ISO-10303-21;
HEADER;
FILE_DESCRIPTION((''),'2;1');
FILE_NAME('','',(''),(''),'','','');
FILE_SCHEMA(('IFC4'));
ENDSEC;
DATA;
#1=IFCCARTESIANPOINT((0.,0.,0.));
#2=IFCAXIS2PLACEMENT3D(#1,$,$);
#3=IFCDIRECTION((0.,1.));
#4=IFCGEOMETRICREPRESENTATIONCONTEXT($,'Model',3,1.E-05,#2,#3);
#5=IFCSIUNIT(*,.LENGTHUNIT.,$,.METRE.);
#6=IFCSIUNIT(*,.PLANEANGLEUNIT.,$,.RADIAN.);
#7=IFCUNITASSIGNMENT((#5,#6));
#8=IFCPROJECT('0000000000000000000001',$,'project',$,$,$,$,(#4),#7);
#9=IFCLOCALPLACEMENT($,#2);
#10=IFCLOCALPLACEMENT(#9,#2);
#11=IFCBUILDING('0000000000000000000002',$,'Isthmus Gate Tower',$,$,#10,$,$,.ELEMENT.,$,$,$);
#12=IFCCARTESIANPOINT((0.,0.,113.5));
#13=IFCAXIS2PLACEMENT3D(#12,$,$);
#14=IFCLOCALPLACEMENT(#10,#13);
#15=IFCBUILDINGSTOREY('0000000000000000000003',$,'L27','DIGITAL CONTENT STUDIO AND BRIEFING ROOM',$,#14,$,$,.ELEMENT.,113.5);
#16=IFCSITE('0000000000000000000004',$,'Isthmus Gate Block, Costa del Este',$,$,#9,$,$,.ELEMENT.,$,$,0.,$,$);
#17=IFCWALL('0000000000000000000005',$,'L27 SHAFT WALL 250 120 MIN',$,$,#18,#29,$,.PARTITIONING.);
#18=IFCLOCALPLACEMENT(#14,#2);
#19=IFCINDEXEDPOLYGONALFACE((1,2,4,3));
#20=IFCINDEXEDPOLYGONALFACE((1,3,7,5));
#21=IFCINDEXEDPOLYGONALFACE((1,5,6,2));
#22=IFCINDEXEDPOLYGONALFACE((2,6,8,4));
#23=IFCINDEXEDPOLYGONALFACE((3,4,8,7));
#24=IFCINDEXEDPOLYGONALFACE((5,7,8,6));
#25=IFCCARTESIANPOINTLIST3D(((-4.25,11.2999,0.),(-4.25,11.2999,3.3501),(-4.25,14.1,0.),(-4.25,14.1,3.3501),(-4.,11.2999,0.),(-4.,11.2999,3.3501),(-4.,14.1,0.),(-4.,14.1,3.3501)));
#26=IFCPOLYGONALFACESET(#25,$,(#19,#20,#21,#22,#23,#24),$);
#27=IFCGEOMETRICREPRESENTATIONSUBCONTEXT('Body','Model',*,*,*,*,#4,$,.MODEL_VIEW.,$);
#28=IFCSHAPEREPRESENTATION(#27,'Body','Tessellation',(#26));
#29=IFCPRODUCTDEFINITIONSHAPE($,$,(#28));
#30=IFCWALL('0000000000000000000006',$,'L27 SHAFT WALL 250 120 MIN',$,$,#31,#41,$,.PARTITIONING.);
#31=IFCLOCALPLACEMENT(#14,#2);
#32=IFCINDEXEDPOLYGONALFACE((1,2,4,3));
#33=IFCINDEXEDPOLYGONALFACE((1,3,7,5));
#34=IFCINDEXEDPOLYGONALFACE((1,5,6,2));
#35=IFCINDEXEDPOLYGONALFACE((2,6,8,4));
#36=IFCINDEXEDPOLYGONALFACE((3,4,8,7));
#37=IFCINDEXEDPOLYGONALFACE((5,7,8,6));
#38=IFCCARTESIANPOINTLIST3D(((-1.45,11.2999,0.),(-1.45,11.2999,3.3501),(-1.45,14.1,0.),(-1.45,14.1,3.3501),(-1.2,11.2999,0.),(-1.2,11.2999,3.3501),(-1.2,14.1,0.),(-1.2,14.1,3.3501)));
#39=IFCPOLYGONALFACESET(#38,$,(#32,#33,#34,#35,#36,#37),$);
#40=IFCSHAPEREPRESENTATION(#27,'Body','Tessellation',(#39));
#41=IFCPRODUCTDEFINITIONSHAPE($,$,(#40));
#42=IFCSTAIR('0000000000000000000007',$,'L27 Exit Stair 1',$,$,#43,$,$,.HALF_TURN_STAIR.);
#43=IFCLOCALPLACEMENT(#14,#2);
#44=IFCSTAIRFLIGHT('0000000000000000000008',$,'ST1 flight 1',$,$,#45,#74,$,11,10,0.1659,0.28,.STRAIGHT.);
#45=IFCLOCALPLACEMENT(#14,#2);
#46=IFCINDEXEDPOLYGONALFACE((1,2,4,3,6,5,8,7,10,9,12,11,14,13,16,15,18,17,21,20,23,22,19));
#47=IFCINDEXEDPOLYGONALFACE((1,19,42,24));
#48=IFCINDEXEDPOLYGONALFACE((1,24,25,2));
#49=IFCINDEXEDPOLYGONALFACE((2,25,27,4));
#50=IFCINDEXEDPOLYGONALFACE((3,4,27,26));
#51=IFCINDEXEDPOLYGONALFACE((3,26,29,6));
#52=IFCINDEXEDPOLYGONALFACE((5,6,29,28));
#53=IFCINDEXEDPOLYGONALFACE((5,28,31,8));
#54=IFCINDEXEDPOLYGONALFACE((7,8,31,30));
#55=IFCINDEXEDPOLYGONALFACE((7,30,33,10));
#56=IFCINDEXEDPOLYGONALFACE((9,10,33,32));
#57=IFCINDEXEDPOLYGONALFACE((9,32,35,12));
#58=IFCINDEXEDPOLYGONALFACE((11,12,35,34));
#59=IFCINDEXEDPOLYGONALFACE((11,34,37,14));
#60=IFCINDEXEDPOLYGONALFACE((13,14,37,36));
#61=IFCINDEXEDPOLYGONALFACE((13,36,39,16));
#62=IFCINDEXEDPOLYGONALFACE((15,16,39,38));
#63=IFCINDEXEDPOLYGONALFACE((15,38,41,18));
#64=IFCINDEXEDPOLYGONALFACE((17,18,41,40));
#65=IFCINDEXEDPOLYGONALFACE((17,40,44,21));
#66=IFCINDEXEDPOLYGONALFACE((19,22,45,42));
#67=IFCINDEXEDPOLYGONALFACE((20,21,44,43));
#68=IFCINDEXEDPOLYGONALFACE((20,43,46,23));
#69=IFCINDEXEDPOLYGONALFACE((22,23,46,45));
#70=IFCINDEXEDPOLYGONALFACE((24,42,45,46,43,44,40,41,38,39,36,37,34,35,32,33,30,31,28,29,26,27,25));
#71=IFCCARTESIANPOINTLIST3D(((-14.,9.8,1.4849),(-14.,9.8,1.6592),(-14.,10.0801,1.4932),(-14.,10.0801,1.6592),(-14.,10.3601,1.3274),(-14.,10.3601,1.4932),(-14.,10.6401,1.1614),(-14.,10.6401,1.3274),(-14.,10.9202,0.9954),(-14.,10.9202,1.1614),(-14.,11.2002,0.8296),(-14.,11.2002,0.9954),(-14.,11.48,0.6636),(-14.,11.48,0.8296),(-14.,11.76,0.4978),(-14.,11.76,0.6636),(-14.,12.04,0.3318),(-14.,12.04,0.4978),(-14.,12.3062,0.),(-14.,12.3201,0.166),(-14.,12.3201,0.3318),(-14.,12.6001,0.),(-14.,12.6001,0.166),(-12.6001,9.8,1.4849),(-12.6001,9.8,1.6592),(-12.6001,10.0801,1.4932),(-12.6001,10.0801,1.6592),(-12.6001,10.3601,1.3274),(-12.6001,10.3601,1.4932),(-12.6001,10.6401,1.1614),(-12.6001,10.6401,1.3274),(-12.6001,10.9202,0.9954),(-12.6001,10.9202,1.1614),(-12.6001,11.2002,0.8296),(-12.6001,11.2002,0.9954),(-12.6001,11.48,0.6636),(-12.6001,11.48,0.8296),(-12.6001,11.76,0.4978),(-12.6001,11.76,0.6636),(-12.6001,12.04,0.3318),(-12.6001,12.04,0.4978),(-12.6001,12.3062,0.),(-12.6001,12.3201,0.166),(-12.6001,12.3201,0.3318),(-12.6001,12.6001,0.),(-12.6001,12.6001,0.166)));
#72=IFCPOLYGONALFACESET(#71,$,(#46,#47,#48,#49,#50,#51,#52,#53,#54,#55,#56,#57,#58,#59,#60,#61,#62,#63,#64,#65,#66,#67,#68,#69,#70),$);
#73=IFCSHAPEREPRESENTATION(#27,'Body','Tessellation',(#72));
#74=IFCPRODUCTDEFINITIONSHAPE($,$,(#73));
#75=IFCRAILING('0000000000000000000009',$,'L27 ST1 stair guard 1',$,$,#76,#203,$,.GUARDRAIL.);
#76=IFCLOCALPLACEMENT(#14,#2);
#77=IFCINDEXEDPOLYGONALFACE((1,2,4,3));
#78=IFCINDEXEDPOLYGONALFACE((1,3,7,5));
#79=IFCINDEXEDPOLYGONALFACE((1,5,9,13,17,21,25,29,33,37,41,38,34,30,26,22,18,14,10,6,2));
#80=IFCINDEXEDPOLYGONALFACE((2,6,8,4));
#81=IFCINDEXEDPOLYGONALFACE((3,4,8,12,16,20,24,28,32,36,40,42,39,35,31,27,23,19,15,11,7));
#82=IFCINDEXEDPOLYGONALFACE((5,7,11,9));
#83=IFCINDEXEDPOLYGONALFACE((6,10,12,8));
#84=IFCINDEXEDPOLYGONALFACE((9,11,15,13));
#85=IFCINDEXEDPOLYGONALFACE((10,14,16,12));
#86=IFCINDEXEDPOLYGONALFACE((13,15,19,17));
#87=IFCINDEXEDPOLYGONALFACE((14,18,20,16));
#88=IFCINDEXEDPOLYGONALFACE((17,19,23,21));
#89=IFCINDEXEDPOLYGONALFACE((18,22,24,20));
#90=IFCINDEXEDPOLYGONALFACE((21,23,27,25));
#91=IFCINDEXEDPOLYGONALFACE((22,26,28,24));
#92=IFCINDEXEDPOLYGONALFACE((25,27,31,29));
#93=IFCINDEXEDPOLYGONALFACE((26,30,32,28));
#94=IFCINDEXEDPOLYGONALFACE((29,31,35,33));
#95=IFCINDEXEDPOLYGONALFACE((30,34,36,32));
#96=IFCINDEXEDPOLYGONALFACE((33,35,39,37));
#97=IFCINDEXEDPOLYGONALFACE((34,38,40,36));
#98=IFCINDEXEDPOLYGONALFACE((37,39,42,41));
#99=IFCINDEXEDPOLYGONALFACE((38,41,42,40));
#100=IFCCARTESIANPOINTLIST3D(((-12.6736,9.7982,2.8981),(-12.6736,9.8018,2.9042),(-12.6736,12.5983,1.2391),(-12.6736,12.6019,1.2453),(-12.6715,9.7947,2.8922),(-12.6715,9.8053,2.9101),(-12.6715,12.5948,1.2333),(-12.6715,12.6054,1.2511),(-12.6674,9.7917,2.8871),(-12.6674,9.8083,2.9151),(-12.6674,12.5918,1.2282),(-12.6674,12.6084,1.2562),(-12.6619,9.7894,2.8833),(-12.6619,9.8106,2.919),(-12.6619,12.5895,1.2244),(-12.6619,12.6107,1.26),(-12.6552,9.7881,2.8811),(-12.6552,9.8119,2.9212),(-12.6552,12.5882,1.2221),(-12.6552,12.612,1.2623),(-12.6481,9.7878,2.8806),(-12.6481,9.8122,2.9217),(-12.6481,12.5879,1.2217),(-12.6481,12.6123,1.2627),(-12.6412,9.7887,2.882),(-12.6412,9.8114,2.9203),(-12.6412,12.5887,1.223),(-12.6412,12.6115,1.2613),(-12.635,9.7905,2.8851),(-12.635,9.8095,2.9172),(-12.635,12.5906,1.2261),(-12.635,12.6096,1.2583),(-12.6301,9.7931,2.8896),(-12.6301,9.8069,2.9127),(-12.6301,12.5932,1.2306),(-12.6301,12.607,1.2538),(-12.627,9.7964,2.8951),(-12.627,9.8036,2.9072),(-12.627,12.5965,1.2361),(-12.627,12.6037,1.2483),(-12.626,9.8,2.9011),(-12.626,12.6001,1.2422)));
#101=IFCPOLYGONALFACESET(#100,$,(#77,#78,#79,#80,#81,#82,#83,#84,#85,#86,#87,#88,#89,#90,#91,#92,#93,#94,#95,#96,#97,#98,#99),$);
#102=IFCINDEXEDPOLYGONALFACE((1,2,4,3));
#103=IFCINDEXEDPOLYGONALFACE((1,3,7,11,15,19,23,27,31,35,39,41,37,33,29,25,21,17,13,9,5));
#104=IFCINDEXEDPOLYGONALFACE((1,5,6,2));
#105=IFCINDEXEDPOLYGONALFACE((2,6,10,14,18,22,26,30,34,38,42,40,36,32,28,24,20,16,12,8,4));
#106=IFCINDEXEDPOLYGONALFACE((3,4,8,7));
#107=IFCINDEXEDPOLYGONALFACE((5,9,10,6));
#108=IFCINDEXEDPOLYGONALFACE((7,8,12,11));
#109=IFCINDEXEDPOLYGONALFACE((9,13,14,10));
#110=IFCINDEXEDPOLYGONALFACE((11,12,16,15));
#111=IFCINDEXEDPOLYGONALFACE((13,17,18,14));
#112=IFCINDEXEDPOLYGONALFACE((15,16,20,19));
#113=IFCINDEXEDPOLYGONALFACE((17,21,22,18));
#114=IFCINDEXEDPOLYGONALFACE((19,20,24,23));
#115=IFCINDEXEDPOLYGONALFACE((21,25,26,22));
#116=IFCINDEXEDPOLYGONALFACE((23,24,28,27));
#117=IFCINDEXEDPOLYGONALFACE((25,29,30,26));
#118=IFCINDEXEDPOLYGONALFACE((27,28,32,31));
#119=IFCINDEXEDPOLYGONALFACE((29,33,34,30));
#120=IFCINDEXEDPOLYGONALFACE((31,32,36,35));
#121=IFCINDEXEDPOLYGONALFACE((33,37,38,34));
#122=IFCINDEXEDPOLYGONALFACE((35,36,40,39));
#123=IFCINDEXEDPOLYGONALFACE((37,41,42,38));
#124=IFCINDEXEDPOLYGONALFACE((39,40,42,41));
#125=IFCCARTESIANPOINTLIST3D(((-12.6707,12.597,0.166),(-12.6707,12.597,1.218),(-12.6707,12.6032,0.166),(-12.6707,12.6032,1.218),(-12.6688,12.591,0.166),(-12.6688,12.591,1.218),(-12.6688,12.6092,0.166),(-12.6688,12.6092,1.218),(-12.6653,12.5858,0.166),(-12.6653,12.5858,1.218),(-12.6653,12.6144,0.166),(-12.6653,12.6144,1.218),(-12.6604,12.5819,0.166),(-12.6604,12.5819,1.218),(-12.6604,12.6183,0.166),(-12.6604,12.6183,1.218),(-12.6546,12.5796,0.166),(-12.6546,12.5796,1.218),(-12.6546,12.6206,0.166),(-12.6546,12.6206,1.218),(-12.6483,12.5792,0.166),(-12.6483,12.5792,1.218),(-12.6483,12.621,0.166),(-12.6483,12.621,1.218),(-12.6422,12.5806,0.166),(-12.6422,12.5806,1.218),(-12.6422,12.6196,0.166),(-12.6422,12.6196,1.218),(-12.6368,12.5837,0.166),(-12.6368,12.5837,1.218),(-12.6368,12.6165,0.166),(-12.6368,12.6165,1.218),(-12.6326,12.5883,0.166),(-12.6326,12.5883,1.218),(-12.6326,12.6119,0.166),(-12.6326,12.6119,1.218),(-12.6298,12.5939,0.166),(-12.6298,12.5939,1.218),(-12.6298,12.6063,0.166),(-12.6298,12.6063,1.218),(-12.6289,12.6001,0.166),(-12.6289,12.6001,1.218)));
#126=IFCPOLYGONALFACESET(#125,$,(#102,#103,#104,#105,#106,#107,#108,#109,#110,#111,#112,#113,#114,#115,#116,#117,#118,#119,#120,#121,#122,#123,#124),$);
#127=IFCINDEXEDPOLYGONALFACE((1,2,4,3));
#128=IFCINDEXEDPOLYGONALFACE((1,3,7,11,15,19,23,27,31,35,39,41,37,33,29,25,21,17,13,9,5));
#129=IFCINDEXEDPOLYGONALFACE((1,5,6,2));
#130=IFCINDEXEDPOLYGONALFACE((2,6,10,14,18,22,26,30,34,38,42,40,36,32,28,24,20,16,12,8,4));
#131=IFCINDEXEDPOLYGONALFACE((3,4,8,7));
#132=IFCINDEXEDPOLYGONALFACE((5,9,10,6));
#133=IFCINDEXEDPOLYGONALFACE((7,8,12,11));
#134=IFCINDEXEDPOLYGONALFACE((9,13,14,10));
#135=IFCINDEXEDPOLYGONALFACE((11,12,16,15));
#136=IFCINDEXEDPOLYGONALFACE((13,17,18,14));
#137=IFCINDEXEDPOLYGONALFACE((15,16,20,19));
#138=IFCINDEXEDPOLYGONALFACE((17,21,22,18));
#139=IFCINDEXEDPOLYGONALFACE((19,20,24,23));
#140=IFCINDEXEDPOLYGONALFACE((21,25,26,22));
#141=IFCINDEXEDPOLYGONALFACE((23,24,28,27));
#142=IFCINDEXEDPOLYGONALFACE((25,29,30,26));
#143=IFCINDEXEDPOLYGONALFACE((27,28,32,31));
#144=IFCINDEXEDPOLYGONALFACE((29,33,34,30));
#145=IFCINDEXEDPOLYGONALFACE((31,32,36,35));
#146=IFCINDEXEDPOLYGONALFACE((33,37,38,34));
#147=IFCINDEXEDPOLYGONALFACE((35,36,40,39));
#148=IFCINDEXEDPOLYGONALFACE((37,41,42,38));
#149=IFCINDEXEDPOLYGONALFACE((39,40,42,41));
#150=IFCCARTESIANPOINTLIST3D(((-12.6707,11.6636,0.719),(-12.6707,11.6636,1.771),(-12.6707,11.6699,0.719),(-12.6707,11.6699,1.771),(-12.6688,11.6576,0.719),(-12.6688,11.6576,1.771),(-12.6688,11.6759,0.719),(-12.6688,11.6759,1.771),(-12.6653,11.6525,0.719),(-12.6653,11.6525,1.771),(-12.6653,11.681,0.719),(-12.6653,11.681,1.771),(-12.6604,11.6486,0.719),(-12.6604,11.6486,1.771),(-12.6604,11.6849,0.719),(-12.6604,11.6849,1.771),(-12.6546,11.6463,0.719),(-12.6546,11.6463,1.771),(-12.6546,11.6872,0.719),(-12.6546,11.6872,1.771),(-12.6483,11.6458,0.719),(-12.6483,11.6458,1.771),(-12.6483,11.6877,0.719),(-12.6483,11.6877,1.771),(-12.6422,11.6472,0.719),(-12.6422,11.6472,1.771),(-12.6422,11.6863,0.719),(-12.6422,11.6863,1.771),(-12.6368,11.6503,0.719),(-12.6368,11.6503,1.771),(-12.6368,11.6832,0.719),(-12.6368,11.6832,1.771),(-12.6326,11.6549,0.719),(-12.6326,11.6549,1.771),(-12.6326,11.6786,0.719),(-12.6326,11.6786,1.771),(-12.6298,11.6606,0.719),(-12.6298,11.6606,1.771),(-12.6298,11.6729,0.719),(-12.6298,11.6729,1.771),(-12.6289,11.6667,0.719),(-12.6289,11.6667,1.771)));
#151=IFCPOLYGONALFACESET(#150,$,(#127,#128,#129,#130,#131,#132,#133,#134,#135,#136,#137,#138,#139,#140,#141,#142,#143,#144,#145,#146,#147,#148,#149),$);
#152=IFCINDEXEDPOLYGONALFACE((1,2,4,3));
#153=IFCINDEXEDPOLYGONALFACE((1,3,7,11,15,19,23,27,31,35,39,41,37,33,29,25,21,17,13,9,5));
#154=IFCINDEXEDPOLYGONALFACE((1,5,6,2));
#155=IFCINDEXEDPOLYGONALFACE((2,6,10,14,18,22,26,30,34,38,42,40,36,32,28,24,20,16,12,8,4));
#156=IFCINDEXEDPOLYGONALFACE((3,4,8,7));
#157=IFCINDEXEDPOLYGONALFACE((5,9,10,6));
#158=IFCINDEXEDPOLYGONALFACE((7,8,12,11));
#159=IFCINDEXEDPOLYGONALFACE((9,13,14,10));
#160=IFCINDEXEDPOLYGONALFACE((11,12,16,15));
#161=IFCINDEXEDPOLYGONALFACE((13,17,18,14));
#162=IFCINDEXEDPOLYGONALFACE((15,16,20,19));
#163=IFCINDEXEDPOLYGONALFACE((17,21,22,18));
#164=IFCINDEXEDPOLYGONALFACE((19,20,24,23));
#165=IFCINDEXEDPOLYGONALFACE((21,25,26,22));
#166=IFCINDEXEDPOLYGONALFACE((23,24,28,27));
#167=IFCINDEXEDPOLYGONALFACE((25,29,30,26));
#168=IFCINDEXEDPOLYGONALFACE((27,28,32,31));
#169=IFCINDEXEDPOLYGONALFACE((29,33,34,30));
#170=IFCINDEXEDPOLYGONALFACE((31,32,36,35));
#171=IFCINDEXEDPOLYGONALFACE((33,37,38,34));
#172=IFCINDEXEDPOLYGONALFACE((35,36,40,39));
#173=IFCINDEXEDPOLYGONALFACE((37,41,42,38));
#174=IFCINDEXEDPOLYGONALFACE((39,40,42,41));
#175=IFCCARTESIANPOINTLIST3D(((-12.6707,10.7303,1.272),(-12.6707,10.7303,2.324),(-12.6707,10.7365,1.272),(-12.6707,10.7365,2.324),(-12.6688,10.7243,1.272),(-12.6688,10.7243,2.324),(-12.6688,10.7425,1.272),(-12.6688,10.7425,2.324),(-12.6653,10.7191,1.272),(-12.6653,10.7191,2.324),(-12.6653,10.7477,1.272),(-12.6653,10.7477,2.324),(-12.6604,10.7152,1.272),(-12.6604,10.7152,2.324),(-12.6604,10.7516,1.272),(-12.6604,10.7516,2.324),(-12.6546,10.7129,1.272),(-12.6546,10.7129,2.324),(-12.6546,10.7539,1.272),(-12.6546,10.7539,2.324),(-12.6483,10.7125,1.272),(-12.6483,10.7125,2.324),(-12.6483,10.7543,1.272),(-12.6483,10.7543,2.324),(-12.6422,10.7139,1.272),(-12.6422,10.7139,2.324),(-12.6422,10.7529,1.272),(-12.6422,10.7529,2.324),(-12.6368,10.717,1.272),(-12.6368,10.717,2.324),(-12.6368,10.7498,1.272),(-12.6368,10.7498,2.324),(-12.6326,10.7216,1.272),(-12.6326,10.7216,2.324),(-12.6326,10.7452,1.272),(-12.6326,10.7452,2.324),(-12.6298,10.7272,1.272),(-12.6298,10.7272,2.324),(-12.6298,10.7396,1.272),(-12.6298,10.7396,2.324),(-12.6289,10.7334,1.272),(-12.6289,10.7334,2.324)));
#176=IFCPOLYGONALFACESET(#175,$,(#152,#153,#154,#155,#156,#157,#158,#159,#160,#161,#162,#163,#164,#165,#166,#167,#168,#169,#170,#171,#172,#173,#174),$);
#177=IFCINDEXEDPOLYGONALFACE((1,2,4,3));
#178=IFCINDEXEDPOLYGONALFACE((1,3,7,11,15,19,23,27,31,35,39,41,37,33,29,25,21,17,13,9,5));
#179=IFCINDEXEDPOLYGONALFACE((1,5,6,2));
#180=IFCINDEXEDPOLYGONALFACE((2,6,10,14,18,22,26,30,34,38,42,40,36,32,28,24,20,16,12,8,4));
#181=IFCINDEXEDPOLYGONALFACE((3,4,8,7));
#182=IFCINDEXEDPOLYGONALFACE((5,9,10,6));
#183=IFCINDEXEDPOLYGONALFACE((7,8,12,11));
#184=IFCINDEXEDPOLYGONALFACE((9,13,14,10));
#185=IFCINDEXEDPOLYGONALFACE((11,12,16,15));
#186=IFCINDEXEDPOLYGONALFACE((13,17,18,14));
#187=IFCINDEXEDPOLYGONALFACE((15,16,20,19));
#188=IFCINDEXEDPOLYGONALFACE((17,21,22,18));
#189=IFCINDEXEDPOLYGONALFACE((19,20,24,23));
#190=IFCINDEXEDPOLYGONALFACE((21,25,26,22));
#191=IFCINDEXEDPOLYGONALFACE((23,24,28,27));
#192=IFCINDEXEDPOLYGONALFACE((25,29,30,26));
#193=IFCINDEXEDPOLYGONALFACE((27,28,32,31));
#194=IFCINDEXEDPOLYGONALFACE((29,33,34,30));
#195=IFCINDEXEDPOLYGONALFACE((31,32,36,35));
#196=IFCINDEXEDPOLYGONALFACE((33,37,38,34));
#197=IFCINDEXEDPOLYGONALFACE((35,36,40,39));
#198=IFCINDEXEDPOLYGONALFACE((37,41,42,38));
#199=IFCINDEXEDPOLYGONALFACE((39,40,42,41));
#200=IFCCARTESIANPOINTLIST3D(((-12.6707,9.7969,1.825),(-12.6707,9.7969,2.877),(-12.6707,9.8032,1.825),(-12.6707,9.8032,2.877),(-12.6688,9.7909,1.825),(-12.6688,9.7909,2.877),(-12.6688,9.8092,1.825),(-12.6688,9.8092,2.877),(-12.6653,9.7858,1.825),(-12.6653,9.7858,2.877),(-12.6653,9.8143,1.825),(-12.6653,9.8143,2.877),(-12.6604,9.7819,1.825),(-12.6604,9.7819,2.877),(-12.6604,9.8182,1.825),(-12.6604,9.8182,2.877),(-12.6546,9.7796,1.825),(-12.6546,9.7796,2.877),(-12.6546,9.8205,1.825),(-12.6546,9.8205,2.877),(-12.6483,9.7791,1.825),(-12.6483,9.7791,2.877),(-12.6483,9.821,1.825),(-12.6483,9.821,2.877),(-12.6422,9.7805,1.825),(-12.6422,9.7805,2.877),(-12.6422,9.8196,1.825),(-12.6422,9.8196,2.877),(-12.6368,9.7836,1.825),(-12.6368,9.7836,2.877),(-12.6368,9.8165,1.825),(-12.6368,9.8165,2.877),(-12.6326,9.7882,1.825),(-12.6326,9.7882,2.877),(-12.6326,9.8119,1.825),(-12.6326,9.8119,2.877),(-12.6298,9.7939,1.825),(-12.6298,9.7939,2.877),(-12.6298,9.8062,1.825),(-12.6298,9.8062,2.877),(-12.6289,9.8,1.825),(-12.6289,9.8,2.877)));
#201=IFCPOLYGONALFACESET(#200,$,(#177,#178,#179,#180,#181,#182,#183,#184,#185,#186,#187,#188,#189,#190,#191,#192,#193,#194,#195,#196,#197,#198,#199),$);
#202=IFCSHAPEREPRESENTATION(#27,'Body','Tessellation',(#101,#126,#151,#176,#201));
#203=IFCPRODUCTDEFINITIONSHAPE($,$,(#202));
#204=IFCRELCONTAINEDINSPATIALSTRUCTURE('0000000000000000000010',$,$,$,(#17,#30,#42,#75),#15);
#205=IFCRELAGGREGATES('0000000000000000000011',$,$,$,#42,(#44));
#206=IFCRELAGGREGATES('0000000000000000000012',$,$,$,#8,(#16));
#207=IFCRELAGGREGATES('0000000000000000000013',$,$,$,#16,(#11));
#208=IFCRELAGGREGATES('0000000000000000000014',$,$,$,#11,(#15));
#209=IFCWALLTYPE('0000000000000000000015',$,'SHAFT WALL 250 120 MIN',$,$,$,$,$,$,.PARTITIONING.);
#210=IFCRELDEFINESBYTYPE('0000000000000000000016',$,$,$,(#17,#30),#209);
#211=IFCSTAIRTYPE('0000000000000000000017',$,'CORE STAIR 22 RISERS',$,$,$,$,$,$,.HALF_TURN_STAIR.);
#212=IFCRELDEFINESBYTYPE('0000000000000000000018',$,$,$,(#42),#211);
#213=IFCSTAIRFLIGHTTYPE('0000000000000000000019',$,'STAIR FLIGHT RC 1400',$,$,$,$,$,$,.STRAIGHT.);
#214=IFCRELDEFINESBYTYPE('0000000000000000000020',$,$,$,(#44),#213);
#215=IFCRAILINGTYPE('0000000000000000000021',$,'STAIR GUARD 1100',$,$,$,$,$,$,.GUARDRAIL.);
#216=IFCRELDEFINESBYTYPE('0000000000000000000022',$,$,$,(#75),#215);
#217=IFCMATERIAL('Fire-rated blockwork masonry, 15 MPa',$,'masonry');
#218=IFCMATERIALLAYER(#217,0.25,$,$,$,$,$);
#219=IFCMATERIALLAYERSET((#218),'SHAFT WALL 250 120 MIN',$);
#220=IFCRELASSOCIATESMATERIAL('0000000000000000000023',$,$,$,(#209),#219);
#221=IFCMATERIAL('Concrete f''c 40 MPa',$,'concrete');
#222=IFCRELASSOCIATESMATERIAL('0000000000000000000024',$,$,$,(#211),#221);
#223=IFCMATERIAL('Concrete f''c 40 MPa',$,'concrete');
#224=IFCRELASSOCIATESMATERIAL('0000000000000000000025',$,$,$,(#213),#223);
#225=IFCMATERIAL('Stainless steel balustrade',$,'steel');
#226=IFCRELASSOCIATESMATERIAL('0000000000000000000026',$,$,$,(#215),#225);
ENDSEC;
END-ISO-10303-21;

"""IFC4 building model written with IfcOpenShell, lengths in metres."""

from ifc_helpers import new_model, si_unit, direction, frame, frame_2d, origin, origin_2d, place, context, subcontext, project, spatial, polyline, rectangle, circle, outline, extrude, material, layer, layer_set, type_object, element, aggregate, save


model = new_model("IFC4")

# Units and contexts
model_context = context("Model", 3, precision=1e-05, world=origin(), true_north=direction((0.0, 1.0)))
body_context = subcontext(model_context, "Body", "Model", "MODEL_VIEW")
ifc_project = project(units=[si_unit("LENGTHUNIT", "METRE"), si_unit("PLANEANGLEUNIT", "RADIAN")], contexts=[model_context])

# Site, building, storey
site_placement = place(None, origin())
site = spatial("IfcSite", under=ifc_project, at=site_placement, Name="Isthmus Gate Block, Costa del Este", CompositionType="ELEMENT", RefElevation=0.0)
building_placement = place(site_placement, origin())
building = spatial("IfcBuilding", under=site, at=building_placement, Name="Isthmus Gate Tower", CompositionType="ELEMENT")
storey_placement = place(building_placement, frame((0.0, 0.0, 113.5)))
storey = spatial("IfcBuildingStorey", under=building, at=storey_placement, Name="L27", Description="DIGITAL CONTENT STUDIO AND BRIEFING ROOM", CompositionType="ELEMENT", Elevation=113.5)

# Walls
ifc_material_1 = material(Name="Fire-rated blockwork masonry, 15 MPa", Category="masonry")
ifc_layer_1 = layer(ifc_material_1, 0.25)
ifc_layer_set_1 = layer_set([ifc_layer_1], Name="SHAFT WALL 250 120 MIN")
wall_type_1 = type_object("IfcWallType", Name="SHAFT WALL 250 120 MIN", PredefinedType="PARTITIONING", material=ifc_layer_set_1)
for number, where, z_axis, x_axis, name in (
    (1, (-4.125, 11.3, 0.0), (0.0, 0.0, 1.0), (0.0, 1.0, 0.0), "L27 SHAFT WALL 250 120 MIN"),
    (2, (-1.325, 11.3, 0.0), (0.0, 0.0, 1.0), (0.0, 1.0, 0.0), "L27 SHAFT WALL 250 120 MIN"),
):
    element("IfcWall", number, at=place(storey_placement, frame(where, z_axis=z_axis, x_axis=x_axis)), inside=storey, type_object=wall_type_1, Name=name, PredefinedType="PARTITIONING", context=body_context, shape_type="SweptSolid", body=[
        extrude(rectangle(XDim=2.8, YDim=0.25, at=frame_2d((1.3999, 0.0))), origin(), (0.0, 0.0, 1.0), 3.3501),
    ])

# Stair, stair flight
ifc_material_2 = material(Name="Concrete f'c 40 MPa", Category="concrete")
stair_type = type_object("IfcStairType", Name="CORE STAIR 22 RISERS", PredefinedType="HALF_TURN_STAIR", material=ifc_material_2)
stair_placement = place(storey_placement, origin())
stair = element("IfcStair", 3, at=stair_placement, inside=storey, type_object=stair_type, Name="L27 Exit Stair 1", PredefinedType="HALF_TURN_STAIR")
ifc_material_3 = material(Name="Concrete f'c 40 MPa", Category="concrete")
stair_flight_type = type_object("IfcStairFlightType", Name="STAIR FLIGHT RC 1400", PredefinedType="STRAIGHT", material=ifc_material_3)
stair_flight_placement = place(storey_placement, frame((-13.3, 12.6001, 0.0), z_axis=(0.0, 0.0, 1.0), x_axis=(0.0, -1.0, 0.0)))
stair_flight = element("IfcStairFlight", 4, at=stair_flight_placement, type_object=stair_flight_type, Name="ST1 flight 1", NumberOfRisers=11, NumberOfTreads=10, PredefinedType="STRAIGHT", RiserHeight=0.1659, TreadLength=0.28, context=body_context, shape_type="SweptSolid", body=[
    extrude(outline(polyline([(0.0, 0.0), (0.0, 0.166), (0.28, 0.166), (0.28, 0.3318), (0.5601, 0.3318), (0.5601, 0.4978), (0.8401, 0.4978), (0.8401, 0.6636), (1.1201, 0.6636), (1.1201, 0.8296), (1.3999, 0.8296), (1.3999, 0.9954), (1.6799, 0.9954), (1.6799, 1.1614), (1.96, 1.1614), (1.96, 1.3274), (2.24, 1.3274), (2.24, 1.4932), (2.52, 1.4932), (2.52, 1.6592), (2.8, 1.6592), (2.8, 1.825), (2.8, 1.4849), (0.2939, 0.0), (0.0, 0.0)])), frame((0.0, 0.7, 0.0), z_axis=(0.0, -1.0, 0.0), x_axis=(1.0, 0.0, 0.0)), (0.0, 0.0, 1.0), 1.3999),
])
aggregate(stair, [stair_flight])

# Railing
ifc_material_4 = material(Name="Stainless steel balustrade", Category="steel")
railing_type_1 = type_object("IfcRailingType", Name="STAIR GUARD 1100", PredefinedType="GUARDRAIL", material=ifc_material_4)
railing_1_placement = place(storey_placement, frame((-12.6499, 12.6001, 0.166)))
element("IfcRailing", 5, at=railing_1_placement, inside=storey, type_object=railing_type_1, Name="L27 ST1 stair guard 1", PredefinedType="GUARDRAIL", context=body_context, shape_type="SweptSolid", body=[
    extrude(circle(Radius=0.0239, at=origin_2d()), frame((0.0, 0.0, 1.0762), z_axis=(0.0, -0.860339, 0.509722), x_axis=(1.0, 0.0, 0.0)), (0.0, 0.0, 1.0), 3.2546),
    extrude(circle(Radius=0.021, at=origin_2d()), origin(), (0.0, 0.0, 1.0), 1.052),
    extrude(circle(Radius=0.021, at=origin_2d()), frame((0.0, -0.9333, 0.553)), (0.0, 0.0, 1.0), 1.052),
    extrude(circle(Radius=0.021, at=origin_2d()), frame((0.0, -1.8667, 1.106)), (0.0, 0.0, 1.0), 1.052),
    extrude(circle(Radius=0.021, at=origin_2d()), frame((0.0, -2.8, 1.6589)), (0.0, 0.0, 1.0), 1.052),
])

save(model, "model.ifc")
